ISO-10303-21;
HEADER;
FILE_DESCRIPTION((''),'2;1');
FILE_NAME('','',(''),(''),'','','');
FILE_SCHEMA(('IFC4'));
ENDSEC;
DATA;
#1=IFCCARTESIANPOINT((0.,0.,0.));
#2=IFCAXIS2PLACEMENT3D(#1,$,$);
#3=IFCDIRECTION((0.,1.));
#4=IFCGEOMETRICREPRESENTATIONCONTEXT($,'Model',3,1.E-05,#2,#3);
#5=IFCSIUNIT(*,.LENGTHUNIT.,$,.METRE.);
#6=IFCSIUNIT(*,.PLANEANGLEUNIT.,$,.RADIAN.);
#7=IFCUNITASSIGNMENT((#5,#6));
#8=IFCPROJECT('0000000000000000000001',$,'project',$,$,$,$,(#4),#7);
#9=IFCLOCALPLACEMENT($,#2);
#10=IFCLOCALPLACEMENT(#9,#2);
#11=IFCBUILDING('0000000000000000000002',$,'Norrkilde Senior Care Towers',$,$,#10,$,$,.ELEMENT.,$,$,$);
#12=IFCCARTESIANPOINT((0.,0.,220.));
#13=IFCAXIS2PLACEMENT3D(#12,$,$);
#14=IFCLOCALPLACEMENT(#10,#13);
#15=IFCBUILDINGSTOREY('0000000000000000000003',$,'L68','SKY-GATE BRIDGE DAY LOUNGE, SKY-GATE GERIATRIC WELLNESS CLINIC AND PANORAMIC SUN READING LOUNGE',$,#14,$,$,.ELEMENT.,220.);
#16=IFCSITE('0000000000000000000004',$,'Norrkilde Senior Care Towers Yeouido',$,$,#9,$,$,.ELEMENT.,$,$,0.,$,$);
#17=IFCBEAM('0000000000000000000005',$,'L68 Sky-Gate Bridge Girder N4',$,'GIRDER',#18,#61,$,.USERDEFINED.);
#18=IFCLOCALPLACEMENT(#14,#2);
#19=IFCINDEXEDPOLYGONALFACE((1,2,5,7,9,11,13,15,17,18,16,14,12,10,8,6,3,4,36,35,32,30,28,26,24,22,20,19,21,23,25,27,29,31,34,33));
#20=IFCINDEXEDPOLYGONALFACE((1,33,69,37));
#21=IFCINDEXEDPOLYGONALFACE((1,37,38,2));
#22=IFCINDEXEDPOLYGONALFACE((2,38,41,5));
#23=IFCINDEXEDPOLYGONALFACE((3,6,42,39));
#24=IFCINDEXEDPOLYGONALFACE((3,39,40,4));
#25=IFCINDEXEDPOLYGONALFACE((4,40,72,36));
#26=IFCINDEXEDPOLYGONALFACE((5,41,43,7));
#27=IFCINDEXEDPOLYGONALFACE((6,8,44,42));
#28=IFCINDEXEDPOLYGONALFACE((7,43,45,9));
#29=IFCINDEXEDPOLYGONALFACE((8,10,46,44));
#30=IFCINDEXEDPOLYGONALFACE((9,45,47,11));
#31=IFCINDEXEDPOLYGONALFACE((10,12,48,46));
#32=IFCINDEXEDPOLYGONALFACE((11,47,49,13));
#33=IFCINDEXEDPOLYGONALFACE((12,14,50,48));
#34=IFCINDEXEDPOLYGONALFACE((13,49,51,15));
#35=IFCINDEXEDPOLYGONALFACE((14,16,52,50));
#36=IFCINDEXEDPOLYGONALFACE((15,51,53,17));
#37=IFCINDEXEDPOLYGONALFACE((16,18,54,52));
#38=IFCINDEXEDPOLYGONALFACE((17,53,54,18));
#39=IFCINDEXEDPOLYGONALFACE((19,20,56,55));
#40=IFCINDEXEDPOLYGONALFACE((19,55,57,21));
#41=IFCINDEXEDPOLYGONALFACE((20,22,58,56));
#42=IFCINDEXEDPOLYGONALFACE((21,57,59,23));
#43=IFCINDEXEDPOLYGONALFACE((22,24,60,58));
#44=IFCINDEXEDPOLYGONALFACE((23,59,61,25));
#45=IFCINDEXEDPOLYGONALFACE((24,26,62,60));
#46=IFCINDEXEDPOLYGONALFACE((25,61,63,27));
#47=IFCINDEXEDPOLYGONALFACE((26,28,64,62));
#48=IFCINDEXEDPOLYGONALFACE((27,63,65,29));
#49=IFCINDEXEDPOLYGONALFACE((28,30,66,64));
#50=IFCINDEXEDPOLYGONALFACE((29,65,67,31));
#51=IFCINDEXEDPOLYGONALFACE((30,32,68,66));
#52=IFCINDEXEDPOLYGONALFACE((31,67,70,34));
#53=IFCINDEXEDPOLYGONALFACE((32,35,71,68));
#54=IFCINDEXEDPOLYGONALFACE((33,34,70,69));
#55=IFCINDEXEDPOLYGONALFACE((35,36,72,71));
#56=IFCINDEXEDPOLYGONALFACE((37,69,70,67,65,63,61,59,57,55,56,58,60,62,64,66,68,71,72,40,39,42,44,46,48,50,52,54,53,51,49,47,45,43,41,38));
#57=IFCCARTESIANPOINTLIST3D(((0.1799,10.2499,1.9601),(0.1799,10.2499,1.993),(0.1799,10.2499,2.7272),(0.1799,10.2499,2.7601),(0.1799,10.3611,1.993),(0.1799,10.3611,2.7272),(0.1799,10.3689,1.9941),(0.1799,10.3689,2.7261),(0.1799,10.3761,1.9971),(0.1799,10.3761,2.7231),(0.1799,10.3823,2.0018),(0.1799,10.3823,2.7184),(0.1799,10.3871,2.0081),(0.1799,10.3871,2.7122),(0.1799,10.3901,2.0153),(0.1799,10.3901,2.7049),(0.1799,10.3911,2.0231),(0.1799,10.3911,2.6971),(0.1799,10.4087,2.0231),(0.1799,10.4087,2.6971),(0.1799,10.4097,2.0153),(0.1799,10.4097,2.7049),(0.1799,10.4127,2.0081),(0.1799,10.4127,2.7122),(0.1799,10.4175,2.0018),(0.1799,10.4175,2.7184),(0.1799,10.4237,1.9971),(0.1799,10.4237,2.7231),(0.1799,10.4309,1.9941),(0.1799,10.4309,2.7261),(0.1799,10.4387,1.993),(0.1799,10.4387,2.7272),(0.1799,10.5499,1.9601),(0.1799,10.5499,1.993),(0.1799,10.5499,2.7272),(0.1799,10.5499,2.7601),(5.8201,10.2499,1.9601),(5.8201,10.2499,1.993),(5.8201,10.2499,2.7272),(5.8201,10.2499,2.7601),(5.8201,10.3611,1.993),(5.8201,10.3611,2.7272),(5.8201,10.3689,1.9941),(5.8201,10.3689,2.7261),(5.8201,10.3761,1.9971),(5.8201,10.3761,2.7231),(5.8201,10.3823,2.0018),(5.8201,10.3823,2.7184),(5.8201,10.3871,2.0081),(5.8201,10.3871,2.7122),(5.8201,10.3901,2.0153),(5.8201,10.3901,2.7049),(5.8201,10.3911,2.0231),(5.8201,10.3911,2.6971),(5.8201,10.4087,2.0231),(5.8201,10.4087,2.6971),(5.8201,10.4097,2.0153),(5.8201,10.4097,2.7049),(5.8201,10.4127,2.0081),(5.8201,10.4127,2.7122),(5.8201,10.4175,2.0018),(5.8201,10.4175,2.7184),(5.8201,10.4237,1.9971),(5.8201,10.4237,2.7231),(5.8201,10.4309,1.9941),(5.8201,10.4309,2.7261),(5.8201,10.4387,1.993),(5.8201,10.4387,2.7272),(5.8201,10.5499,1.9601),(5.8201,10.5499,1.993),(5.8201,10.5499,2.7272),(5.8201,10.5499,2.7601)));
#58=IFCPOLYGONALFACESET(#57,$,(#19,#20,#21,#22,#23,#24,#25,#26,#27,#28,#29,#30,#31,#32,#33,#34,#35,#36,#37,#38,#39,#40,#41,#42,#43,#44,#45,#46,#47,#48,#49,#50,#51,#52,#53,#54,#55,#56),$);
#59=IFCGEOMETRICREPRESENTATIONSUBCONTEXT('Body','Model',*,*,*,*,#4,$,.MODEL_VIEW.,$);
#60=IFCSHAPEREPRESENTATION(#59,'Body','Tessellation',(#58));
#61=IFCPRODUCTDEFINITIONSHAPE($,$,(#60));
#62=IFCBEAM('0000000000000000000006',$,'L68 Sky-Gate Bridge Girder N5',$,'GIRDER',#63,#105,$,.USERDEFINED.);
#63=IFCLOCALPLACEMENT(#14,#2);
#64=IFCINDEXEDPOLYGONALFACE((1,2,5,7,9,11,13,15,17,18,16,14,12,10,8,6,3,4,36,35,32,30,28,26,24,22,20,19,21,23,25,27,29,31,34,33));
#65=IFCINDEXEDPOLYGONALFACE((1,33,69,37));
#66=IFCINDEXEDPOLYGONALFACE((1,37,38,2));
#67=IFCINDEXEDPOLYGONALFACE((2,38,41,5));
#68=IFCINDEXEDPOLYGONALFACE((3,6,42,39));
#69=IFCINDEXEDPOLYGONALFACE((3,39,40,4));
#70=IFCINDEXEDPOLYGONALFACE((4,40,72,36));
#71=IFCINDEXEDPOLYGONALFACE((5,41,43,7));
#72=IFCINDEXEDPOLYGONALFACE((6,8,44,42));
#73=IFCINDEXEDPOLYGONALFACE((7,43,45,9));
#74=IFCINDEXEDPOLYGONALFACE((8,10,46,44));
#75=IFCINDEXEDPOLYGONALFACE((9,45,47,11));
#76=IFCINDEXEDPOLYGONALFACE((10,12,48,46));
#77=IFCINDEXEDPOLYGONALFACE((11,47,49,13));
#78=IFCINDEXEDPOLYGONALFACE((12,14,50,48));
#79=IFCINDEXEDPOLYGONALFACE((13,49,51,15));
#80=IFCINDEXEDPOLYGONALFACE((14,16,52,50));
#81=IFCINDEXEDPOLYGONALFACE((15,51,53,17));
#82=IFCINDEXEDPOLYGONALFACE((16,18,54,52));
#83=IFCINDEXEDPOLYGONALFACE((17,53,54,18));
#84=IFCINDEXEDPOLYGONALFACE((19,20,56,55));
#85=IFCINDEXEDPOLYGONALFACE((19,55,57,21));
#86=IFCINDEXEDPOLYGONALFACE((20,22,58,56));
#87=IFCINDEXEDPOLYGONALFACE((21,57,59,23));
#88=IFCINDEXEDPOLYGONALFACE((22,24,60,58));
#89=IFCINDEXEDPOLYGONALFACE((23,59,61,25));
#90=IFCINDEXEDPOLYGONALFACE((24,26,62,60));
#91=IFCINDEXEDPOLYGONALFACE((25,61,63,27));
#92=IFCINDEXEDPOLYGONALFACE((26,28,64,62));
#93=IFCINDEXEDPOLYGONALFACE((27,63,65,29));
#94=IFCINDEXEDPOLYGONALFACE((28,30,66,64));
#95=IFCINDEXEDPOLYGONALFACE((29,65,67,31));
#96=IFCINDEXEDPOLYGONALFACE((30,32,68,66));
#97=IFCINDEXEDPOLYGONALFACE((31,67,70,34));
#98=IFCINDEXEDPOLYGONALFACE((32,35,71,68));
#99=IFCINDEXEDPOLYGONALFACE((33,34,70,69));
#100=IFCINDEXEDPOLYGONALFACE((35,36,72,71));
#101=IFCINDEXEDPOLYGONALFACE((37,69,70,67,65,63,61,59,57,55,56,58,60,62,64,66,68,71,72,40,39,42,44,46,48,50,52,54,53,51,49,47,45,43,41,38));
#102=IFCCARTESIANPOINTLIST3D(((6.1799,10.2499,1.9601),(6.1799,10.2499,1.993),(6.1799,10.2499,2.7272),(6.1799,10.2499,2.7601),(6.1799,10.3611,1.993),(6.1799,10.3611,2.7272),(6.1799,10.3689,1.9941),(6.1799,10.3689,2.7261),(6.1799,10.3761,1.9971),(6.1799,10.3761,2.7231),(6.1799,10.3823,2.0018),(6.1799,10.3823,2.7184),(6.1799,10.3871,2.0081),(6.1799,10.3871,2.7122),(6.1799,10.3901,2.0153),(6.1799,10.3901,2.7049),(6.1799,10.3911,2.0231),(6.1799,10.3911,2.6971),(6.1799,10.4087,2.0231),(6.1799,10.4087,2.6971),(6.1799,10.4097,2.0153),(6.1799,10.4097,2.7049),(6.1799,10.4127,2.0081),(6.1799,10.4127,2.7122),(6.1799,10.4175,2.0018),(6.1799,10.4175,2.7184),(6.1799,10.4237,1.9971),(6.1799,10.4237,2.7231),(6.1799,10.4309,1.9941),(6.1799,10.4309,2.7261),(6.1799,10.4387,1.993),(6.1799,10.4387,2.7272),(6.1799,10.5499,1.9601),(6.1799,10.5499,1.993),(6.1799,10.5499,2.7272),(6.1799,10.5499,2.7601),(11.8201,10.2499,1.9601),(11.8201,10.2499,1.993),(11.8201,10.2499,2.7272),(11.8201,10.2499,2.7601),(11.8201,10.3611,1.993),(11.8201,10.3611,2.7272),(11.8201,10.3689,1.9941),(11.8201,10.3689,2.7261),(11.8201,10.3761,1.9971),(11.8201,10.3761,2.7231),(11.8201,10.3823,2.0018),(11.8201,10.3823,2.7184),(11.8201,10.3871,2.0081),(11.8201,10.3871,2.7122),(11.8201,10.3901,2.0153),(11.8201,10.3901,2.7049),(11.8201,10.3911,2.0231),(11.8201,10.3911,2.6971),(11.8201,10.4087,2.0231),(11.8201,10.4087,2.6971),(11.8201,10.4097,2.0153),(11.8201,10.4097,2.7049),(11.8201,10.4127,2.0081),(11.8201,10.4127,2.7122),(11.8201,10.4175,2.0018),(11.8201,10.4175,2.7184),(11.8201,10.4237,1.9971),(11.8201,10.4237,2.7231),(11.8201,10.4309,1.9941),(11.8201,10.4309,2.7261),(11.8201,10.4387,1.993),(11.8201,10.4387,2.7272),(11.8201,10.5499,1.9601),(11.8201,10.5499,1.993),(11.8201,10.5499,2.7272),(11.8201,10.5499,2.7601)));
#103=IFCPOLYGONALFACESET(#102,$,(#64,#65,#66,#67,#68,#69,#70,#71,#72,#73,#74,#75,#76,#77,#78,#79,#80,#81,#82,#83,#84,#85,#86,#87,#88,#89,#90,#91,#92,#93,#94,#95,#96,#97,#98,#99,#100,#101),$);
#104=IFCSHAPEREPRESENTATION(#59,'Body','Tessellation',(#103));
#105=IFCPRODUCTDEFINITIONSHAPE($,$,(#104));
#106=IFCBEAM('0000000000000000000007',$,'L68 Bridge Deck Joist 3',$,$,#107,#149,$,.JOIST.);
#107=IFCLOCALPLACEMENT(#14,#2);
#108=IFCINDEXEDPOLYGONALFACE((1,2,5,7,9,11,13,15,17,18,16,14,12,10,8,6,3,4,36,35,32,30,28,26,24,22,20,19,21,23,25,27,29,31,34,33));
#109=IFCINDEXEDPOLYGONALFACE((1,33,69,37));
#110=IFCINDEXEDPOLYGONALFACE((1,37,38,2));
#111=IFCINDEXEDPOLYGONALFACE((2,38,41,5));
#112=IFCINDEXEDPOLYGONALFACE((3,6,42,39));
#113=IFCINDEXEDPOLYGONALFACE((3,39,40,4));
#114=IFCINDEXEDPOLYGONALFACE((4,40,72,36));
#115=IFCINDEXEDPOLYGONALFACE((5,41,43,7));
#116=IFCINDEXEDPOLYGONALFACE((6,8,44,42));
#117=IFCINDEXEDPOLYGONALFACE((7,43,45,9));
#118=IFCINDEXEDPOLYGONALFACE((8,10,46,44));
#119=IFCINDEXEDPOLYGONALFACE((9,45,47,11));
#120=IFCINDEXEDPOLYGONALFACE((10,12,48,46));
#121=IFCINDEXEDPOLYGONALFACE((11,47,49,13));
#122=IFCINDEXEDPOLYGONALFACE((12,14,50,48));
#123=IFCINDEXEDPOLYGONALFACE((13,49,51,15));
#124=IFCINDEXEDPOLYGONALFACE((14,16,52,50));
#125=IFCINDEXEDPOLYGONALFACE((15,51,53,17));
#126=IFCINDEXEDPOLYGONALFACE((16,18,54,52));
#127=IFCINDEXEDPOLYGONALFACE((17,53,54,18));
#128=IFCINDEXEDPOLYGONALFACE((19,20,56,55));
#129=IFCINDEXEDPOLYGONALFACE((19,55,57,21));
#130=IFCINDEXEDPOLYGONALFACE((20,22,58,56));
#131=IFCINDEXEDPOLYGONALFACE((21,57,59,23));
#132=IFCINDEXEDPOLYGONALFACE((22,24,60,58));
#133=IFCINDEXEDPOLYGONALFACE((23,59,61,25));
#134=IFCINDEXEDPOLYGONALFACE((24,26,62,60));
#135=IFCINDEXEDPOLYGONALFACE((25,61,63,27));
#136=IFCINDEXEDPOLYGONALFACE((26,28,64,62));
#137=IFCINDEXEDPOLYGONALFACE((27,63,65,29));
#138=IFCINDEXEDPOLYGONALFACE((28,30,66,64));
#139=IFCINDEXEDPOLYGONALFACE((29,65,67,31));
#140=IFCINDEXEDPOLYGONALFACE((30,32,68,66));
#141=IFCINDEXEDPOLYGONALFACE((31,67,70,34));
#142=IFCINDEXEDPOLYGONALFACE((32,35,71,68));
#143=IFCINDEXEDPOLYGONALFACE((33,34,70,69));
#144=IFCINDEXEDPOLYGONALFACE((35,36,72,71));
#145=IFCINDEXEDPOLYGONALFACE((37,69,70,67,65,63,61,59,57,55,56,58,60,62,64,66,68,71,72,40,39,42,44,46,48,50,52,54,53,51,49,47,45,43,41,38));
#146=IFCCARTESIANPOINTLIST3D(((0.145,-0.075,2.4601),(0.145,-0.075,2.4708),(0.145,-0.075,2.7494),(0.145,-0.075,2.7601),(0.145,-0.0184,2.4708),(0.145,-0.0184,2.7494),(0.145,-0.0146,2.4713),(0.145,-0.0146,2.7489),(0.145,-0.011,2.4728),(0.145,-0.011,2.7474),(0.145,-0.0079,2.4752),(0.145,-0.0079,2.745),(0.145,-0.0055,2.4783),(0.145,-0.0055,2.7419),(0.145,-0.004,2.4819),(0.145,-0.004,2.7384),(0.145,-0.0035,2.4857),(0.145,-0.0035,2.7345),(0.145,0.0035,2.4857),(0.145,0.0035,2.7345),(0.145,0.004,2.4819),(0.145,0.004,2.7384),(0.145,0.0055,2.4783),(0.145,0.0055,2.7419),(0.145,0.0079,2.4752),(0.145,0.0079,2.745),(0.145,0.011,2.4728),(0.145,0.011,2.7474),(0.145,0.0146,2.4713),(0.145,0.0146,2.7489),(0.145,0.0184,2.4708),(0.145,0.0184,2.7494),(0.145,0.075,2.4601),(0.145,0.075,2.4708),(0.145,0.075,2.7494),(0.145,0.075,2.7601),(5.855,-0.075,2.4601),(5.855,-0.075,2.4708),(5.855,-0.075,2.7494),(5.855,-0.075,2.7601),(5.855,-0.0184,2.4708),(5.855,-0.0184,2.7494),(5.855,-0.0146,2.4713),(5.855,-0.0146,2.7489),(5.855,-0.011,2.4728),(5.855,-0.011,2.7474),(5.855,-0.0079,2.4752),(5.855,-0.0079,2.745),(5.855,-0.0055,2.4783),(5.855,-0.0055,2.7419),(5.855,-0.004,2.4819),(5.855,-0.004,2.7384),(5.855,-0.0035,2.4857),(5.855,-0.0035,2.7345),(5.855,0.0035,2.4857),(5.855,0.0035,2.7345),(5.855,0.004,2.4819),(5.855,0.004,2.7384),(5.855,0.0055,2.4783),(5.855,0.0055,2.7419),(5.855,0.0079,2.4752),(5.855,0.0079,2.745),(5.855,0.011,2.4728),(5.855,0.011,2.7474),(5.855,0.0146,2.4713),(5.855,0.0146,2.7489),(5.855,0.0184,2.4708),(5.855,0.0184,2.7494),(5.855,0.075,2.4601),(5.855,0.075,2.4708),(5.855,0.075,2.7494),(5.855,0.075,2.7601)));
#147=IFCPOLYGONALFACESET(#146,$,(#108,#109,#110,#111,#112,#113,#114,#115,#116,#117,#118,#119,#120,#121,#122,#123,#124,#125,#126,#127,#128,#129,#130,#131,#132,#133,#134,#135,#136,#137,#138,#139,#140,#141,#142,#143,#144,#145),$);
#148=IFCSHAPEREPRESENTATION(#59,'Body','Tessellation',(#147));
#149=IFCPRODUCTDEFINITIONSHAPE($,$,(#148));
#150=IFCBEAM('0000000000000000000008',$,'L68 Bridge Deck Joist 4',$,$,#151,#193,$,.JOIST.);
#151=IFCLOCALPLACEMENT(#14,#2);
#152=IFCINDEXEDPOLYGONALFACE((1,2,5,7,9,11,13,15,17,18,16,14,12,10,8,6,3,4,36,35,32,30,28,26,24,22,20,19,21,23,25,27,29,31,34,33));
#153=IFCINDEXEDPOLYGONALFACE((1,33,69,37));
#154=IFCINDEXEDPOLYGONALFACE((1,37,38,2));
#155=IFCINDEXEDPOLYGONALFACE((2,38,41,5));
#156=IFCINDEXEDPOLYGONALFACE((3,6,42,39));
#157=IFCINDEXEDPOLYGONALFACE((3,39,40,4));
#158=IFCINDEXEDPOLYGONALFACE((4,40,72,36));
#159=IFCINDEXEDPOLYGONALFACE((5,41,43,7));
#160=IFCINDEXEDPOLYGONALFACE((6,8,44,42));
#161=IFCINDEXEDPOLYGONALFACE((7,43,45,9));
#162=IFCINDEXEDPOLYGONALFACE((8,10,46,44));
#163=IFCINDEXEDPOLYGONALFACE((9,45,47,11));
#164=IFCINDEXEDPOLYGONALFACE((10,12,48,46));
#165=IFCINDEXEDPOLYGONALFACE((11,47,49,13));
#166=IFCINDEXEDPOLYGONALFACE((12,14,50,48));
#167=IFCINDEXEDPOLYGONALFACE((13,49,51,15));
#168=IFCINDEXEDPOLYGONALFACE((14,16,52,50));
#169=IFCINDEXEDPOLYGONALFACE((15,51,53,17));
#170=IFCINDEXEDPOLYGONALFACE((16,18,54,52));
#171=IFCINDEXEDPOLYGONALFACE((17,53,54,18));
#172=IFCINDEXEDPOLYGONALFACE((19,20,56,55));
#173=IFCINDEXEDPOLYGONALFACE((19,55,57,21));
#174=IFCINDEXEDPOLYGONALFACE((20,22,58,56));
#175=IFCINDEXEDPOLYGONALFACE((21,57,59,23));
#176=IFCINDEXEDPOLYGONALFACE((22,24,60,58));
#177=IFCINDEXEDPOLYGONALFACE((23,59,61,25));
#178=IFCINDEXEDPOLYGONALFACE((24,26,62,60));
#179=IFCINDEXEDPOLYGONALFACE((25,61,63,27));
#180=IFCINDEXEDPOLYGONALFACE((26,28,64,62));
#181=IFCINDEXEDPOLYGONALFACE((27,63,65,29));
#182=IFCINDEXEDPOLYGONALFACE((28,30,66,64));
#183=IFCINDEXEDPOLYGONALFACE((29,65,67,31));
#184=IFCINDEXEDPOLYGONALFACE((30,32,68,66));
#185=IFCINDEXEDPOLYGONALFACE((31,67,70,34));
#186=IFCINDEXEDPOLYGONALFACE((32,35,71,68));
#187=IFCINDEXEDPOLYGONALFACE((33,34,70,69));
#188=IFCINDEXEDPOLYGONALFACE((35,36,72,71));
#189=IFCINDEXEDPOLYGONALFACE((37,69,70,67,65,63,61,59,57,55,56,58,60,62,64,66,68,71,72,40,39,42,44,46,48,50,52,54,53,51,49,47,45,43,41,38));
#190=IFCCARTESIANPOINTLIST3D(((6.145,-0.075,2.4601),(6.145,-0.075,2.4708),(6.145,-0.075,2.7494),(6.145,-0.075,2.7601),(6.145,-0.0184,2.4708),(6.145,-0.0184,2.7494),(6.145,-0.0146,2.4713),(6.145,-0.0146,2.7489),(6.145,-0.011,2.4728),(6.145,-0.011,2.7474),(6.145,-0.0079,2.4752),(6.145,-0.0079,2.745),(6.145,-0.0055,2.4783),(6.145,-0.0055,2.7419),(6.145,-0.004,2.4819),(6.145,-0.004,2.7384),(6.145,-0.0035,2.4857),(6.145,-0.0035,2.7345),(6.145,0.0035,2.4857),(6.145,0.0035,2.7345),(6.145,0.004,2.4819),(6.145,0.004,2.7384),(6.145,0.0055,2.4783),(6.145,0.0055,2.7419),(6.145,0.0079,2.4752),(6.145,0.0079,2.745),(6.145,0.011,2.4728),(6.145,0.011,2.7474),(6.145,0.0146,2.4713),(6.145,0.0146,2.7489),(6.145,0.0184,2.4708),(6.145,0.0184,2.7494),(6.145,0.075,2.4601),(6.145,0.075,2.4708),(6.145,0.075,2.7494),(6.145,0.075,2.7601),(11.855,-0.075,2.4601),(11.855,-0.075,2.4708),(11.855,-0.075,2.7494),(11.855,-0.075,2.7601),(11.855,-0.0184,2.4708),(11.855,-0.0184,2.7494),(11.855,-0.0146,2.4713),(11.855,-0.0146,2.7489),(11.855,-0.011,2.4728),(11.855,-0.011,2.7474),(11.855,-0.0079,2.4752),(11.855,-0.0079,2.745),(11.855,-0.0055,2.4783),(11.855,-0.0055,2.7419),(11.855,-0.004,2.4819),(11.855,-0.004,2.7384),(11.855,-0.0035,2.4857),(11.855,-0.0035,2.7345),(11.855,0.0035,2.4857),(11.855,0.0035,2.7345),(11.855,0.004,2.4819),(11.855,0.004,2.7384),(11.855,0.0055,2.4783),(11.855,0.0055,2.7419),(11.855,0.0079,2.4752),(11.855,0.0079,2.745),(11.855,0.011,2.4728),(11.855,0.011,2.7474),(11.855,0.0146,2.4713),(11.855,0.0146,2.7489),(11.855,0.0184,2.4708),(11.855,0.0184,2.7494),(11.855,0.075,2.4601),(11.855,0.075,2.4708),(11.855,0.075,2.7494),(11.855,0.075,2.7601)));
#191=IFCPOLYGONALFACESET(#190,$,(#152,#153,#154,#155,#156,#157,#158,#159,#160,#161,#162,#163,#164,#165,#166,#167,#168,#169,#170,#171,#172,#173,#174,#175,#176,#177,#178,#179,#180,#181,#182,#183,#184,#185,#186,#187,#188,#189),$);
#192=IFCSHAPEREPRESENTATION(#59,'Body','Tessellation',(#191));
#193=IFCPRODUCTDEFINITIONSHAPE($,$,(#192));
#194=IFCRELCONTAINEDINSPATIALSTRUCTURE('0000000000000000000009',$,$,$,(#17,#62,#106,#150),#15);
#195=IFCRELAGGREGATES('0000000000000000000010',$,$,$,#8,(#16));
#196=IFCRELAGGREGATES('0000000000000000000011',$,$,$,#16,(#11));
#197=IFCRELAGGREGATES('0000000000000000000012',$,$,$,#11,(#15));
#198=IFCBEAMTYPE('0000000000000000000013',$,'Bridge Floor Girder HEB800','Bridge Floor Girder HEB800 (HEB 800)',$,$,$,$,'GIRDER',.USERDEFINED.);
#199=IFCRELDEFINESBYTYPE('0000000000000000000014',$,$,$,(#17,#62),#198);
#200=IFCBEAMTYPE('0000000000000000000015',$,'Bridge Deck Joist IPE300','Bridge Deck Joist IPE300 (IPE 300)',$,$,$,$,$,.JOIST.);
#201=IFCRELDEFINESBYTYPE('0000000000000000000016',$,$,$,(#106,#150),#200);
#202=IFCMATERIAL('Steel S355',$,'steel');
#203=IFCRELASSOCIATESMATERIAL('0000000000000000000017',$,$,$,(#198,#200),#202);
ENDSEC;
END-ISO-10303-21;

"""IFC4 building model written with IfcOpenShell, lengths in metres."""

from ifc_helpers import new_model, si_unit, direction, frame, origin, origin_2d, place, context, subcontext, project, spatial, i_section, extrude, source, transform, mapped, material, material_profile, profile_set, type_object, type_shapes, element, save


model = new_model("IFC4")

# Units and contexts
model_context = context("Model", 3, precision=1e-05, world=origin(), true_north=direction((0.0, 1.0)))
body_context = subcontext(model_context, "Body", "Model", "MODEL_VIEW")
ifc_project = project(units=[si_unit("LENGTHUNIT", "METRE"), si_unit("PLANEANGLEUNIT", "RADIAN")], contexts=[model_context])

# Site, building, storey
site_placement = place(None, origin())
site = spatial("IfcSite", under=ifc_project, at=site_placement, Name="Norrkilde Senior Care Towers Yeouido", CompositionType="ELEMENT", RefElevation=0.0)
building_placement = place(site_placement, origin())
building = spatial("IfcBuilding", under=site, at=building_placement, Name="Norrkilde Senior Care Towers", CompositionType="ELEMENT")
storey_placement = place(building_placement, frame((0.0, 0.0, 220.0)))
storey = spatial("IfcBuildingStorey", under=building, at=storey_placement, Name="L68", Description="SKY-GATE BRIDGE DAY LOUNGE, SKY-GATE GERIATRIC WELLNESS CLINIC AND PANORAMIC SUN READING LOUNGE", CompositionType="ELEMENT", Elevation=220.0)

# Shared definitions
ifc_material_1 = material(Name="Steel S355", Category="steel")

# Beams
ifc_material_profile_1 = material_profile(ifc_material_1, i_section(OverallWidth=0.3, OverallDepth=0.8, WebThickness=0.0176, FlangeThickness=0.033, FilletRadius=0.03, at=origin_2d()), Name="HEB 800")
ifc_profile_set_1 = profile_set([ifc_material_profile_1], Name="Steel S355")
beam_type_1 = type_object("IfcBeamType", Name="Bridge Floor Girder HEB800", Description="Bridge Floor Girder HEB800 (HEB 800)", ElementType="GIRDER", PredefinedType="USERDEFINED", material=ifc_profile_set_1)
shared_shape_1 = source(origin(), body_context, "Body", "SweptSolid", [
    extrude(i_section(OverallWidth=0.3, OverallDepth=0.8, WebThickness=0.0176, FlangeThickness=0.033, FilletRadius=0.03, at=origin_2d()), origin(), (0.0, 0.0, 1.0), 5.6401),
])
type_shapes(beam_type_1, [shared_shape_1])
for number, where, z_axis, x_axis, name in (
    (1, (0.1799, 10.3999, 2.3601), (1.0, 0.0, 0.0), (0.0, 1.0, 0.0), "L68 Sky-Gate Bridge Girder N4"),
    (2, (6.1799, 10.3999, 2.3601), (1.0, 0.0, 0.0), (0.0, 1.0, 0.0), "L68 Sky-Gate Bridge Girder N5"),
):
    element("IfcBeam", number, at=place(storey_placement, frame(where, z_axis=z_axis, x_axis=x_axis)), inside=storey, type_object=beam_type_1, Name=name, ObjectType="GIRDER", PredefinedType="USERDEFINED", context=body_context, shape_type="MappedRepresentation", body=[
        mapped(shared_shape_1, transform((0.0, 0.0, 0.0), x_axis=(1.0, 0.0, 0.0), y_axis=(0.0, 1.0, 0.0), z_axis=(0.0, 0.0, 1.0), scale=1.0)),
    ])
ifc_material_profile_2 = material_profile(ifc_material_1, i_section(OverallWidth=0.1499, OverallDepth=0.3, WebThickness=0.0071, FlangeThickness=0.0107, FilletRadius=0.0149, at=origin_2d()), Name="IPE 300")
ifc_profile_set_2 = profile_set([ifc_material_profile_2], Name="Steel S355")
beam_type_2 = type_object("IfcBeamType", Name="Bridge Deck Joist IPE300", Description="Bridge Deck Joist IPE300 (IPE 300)", PredefinedType="JOIST", material=ifc_profile_set_2)
shared_shape_2 = source(origin(), body_context, "Body", "SweptSolid", [
    extrude(i_section(OverallWidth=0.1499, OverallDepth=0.3, WebThickness=0.0071, FlangeThickness=0.0107, FilletRadius=0.0149, at=origin_2d()), origin(), (0.0, 0.0, 1.0), 5.71),
])
type_shapes(beam_type_2, [shared_shape_2])
for number, where, z_axis, x_axis, name in (
    (3, (0.145, 0.0, 2.6101), (1.0, 0.0, 0.0), (0.0, 1.0, 0.0), "L68 Bridge Deck Joist 3"),
    (4, (6.145, 0.0, 2.6101), (1.0, 0.0, 0.0), (0.0, 1.0, 0.0), "L68 Bridge Deck Joist 4"),
):
    element("IfcBeam", number, at=place(storey_placement, frame(where, z_axis=z_axis, x_axis=x_axis)), inside=storey, type_object=beam_type_2, Name=name, PredefinedType="JOIST", context=body_context, shape_type="MappedRepresentation", body=[
        mapped(shared_shape_2, transform((0.0, 0.0, 0.0), x_axis=(1.0, 0.0, 0.0), y_axis=(0.0, 1.0, 0.0), z_axis=(0.0, 0.0, 1.0), scale=1.0)),
    ])

save(model, "model.ifc")
